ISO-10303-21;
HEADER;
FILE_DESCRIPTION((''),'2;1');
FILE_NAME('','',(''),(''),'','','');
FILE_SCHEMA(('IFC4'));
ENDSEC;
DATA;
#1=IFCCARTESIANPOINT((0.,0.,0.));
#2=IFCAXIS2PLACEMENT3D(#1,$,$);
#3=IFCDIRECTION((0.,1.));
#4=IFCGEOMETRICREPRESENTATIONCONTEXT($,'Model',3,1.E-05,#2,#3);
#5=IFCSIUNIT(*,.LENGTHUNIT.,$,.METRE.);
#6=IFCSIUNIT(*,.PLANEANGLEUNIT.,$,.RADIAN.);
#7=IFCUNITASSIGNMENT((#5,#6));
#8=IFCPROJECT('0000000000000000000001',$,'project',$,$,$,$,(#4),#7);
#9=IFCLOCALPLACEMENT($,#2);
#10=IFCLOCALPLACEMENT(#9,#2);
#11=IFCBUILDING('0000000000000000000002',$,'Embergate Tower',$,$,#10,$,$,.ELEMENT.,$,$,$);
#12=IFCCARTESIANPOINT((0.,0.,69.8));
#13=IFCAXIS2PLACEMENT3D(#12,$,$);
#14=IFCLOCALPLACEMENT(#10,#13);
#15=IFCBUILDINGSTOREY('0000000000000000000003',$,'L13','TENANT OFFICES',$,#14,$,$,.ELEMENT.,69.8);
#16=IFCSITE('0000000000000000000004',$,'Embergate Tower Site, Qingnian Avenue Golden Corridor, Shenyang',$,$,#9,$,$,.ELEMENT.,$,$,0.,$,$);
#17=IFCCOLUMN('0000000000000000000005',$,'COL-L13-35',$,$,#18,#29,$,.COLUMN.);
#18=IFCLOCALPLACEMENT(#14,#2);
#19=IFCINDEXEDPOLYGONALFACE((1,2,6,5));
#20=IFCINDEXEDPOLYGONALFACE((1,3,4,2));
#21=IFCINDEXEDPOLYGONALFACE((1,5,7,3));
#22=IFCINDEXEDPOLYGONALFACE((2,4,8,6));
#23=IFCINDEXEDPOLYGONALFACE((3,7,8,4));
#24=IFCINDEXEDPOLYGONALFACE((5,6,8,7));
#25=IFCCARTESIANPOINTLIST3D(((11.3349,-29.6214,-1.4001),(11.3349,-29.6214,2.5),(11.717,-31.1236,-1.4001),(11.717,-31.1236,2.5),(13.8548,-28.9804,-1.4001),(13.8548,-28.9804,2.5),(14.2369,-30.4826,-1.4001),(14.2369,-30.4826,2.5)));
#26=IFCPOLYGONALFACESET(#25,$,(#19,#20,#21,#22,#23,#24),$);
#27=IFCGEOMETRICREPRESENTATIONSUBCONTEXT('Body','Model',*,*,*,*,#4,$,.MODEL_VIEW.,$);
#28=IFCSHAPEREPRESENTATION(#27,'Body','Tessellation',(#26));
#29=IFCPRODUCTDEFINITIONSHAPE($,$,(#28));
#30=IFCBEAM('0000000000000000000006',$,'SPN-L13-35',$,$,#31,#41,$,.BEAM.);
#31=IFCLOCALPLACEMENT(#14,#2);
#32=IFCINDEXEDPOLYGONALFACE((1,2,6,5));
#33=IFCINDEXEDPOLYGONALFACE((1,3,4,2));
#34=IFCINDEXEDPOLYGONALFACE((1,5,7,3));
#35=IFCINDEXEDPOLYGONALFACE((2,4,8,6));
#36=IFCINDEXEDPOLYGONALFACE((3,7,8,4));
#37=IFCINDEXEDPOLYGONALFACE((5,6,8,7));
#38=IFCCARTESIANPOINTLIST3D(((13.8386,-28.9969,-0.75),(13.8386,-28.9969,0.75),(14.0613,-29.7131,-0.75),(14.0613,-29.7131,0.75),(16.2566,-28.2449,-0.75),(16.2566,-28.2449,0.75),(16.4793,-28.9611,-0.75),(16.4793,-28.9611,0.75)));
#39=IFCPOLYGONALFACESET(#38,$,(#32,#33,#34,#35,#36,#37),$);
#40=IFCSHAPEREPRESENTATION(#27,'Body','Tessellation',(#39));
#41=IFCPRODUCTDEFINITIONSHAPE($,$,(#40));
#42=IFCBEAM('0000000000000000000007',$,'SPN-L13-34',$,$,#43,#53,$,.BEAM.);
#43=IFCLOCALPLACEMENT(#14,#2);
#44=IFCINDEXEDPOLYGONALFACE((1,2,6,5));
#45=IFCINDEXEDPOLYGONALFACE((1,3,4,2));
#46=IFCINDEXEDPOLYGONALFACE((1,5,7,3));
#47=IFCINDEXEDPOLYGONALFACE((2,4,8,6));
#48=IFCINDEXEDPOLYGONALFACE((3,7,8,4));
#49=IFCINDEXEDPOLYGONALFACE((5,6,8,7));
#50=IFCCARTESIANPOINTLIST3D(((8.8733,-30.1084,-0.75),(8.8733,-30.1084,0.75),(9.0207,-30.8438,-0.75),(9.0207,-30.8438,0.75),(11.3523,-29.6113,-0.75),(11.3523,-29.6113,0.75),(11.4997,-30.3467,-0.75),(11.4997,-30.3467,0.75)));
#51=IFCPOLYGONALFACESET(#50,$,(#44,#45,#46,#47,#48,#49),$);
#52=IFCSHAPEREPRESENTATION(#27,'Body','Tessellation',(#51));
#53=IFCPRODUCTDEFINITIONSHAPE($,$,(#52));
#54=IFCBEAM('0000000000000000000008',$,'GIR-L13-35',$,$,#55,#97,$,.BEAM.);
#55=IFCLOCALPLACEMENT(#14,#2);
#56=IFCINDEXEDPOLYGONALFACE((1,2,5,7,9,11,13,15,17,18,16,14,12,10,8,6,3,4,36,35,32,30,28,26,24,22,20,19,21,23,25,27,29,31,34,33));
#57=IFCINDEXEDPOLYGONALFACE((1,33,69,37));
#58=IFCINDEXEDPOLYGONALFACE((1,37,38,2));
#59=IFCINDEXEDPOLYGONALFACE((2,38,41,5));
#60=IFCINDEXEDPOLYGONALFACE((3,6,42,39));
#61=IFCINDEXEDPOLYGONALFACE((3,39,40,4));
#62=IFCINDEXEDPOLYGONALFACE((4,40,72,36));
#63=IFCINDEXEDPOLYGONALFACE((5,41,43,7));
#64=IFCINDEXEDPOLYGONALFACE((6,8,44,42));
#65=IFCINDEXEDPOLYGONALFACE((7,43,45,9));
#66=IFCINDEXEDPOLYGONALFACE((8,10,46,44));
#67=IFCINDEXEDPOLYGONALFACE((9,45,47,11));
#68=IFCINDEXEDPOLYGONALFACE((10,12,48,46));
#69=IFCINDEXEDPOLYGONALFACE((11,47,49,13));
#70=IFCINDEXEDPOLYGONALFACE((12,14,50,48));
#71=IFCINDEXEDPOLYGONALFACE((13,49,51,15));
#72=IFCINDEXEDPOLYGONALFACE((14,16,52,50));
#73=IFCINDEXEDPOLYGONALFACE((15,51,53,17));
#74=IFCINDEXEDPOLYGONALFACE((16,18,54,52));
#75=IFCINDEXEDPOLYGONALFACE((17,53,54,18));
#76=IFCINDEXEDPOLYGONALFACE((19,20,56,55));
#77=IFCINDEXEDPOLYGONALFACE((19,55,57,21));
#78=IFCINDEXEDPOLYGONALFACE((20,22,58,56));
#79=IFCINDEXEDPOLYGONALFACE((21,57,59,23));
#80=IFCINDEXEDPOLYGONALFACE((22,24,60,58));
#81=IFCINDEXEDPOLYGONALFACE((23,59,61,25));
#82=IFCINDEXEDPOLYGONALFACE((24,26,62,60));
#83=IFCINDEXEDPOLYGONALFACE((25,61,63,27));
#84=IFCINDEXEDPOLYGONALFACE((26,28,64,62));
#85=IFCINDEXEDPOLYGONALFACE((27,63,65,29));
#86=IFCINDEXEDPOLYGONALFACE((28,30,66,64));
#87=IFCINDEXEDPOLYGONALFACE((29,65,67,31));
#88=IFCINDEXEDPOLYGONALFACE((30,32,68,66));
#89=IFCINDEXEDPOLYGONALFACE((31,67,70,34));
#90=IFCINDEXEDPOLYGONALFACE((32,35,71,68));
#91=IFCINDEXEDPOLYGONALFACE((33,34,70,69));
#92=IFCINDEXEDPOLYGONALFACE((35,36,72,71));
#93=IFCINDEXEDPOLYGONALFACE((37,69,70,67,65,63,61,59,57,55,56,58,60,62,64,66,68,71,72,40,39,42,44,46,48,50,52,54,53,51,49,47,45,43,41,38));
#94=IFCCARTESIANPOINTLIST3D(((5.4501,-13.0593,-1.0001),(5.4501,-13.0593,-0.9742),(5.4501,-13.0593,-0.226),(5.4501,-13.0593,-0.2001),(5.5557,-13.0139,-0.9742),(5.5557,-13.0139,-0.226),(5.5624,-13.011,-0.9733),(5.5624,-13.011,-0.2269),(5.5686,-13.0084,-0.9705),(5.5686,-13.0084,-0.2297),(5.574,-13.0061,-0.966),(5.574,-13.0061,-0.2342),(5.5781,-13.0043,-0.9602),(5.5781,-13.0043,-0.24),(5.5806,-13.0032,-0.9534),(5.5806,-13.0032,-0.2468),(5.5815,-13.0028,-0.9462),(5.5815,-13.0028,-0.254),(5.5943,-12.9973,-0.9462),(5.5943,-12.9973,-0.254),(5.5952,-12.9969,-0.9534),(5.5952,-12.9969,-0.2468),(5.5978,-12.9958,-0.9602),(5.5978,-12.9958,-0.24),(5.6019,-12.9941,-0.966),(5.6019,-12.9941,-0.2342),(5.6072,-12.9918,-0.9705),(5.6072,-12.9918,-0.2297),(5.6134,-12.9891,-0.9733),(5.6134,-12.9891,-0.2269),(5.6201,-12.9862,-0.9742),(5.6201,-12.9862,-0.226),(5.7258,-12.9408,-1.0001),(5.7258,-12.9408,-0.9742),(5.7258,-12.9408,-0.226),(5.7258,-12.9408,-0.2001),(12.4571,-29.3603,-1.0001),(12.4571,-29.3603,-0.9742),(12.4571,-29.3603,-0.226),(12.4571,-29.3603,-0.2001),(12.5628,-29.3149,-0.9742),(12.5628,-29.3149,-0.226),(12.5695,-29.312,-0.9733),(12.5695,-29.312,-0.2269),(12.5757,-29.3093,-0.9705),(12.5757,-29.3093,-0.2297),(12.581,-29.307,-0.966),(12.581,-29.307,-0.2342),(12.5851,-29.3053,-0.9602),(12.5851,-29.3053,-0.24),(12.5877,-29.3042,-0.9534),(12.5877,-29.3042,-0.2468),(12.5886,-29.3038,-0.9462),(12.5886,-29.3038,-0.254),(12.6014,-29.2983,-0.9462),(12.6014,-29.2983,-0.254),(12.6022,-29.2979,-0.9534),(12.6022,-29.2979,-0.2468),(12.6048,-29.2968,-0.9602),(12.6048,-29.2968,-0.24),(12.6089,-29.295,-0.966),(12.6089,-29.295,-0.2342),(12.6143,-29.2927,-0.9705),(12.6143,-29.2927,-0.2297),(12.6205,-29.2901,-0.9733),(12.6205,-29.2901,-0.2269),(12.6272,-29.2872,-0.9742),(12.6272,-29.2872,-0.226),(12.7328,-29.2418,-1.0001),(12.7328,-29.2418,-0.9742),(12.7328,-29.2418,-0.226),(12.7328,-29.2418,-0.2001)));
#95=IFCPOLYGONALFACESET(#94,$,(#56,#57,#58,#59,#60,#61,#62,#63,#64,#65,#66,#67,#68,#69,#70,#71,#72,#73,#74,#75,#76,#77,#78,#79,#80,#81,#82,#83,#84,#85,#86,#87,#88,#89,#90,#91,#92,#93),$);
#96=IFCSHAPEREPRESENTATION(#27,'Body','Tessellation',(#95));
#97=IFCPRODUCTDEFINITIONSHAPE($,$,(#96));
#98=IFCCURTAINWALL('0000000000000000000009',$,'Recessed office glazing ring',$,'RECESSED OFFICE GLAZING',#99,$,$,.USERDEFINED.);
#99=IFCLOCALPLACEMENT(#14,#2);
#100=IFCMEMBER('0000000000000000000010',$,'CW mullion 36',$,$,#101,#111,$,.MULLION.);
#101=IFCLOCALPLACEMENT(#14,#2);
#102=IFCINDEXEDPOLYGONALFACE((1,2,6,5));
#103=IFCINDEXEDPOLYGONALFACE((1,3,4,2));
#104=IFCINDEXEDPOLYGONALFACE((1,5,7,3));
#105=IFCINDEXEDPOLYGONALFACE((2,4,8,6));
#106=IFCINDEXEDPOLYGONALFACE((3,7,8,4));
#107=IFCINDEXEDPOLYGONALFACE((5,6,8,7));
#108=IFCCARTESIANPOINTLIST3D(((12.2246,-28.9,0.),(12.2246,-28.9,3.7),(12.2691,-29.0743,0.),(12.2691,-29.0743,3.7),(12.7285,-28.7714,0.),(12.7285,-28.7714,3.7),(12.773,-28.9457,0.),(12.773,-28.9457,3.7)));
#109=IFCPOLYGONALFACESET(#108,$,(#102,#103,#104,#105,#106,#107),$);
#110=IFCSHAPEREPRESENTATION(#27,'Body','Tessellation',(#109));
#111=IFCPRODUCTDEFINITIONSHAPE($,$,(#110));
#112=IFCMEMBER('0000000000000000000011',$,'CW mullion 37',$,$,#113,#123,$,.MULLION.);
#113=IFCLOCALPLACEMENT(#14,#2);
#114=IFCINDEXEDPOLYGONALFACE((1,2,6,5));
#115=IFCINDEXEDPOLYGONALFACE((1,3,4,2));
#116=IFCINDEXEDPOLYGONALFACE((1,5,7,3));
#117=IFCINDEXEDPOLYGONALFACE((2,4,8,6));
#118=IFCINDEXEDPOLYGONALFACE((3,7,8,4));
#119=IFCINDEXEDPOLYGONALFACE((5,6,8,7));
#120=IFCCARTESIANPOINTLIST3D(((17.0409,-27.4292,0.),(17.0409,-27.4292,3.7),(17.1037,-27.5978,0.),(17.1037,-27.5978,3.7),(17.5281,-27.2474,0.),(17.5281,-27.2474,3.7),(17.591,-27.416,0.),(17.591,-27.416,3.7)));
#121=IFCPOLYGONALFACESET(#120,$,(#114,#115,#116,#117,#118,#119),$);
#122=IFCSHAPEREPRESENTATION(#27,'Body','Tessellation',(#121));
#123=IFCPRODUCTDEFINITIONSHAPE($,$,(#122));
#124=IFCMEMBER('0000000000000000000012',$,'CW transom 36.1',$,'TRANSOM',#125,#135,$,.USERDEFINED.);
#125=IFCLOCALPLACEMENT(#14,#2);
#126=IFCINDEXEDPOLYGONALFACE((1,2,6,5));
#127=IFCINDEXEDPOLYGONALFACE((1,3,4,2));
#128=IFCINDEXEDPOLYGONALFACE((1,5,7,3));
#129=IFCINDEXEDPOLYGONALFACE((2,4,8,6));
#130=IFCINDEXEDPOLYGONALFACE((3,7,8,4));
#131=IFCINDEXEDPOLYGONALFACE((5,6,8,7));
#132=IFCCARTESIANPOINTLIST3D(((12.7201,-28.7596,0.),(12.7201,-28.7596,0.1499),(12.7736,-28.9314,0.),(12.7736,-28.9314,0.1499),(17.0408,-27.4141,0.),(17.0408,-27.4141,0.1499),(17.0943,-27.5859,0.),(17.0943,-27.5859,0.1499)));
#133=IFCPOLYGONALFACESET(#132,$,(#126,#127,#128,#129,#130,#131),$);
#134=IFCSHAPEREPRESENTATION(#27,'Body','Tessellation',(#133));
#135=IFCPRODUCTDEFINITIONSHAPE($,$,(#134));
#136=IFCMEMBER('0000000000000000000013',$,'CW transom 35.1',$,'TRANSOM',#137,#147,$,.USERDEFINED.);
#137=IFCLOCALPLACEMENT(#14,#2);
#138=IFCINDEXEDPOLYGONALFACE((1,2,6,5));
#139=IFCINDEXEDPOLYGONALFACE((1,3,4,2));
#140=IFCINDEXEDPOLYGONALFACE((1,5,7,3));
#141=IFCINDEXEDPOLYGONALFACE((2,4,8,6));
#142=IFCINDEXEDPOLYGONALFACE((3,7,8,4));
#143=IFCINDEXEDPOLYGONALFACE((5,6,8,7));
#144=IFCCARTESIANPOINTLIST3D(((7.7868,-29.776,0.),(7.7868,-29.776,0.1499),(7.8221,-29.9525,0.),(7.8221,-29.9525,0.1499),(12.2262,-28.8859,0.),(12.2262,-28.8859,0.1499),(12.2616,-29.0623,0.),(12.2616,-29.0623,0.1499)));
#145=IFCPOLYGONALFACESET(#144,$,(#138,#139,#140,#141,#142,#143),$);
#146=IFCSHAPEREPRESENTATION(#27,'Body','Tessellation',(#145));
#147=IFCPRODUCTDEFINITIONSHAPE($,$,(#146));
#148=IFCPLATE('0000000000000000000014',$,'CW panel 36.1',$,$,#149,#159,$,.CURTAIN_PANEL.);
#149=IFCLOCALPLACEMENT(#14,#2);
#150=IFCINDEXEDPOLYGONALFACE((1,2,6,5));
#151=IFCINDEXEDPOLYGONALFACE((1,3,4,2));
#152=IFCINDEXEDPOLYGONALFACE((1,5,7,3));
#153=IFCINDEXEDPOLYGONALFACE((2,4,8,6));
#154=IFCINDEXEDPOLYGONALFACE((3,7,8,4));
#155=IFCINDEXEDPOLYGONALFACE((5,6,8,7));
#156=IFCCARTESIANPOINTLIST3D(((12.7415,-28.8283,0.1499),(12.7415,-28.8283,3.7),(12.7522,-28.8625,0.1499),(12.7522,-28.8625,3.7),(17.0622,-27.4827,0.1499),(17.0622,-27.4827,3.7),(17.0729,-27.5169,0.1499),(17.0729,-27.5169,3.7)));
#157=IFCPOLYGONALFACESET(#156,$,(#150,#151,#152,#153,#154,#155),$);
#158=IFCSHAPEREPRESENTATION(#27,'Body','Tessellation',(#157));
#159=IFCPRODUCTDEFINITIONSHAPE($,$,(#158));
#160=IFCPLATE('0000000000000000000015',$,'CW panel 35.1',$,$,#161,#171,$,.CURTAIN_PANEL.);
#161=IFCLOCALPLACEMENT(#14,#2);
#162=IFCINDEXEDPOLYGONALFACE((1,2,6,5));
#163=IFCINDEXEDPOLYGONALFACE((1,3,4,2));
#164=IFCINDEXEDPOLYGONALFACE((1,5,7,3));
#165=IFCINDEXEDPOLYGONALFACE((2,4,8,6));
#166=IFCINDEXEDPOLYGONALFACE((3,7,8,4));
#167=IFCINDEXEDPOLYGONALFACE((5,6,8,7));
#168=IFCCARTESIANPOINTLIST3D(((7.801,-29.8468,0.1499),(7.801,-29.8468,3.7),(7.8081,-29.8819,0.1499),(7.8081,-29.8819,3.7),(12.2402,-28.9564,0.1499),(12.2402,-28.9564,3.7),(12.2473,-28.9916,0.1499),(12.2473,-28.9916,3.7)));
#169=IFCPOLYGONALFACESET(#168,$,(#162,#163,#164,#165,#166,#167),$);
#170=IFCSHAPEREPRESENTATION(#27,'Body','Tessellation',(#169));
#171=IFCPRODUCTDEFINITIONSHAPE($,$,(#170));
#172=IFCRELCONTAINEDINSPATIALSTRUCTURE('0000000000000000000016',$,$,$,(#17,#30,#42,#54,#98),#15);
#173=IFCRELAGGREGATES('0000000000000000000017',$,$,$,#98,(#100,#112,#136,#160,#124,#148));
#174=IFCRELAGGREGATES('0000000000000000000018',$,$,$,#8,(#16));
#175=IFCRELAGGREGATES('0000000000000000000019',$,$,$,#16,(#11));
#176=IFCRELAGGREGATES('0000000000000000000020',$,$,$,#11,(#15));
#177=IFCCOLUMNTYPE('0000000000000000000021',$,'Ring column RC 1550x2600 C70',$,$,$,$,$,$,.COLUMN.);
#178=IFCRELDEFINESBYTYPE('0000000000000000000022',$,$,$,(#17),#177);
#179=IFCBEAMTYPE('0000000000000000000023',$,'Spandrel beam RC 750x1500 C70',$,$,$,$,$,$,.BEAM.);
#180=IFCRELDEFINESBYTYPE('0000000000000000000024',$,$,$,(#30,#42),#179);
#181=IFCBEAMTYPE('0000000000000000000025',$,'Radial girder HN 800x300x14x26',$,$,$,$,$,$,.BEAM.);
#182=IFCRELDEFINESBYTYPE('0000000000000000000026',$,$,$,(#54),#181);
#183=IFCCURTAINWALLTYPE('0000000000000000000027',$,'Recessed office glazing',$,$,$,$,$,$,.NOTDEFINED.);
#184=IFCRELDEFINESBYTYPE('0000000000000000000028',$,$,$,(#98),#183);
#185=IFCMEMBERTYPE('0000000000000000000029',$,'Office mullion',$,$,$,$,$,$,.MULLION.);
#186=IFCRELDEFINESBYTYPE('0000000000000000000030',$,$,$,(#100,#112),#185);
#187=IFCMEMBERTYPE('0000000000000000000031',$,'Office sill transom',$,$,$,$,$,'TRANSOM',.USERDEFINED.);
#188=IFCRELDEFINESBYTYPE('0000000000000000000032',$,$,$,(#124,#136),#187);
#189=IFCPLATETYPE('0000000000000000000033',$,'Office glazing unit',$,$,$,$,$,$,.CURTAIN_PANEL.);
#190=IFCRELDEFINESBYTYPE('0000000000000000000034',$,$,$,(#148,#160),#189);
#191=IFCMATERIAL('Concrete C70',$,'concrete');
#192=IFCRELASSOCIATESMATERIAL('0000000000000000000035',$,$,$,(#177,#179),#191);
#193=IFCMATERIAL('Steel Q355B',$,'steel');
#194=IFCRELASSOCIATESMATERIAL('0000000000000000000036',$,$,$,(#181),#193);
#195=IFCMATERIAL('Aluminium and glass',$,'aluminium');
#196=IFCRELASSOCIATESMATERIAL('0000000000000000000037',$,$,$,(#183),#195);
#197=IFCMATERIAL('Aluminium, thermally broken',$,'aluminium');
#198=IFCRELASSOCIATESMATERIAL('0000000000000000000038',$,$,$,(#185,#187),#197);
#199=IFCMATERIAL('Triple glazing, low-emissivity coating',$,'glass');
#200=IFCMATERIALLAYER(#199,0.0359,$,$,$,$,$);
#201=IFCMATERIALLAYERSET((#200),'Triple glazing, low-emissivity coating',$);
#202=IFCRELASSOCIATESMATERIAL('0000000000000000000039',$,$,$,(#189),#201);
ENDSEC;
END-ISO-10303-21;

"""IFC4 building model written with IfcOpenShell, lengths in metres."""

from ifc_helpers import new_model, si_unit, direction, frame, origin, origin_2d, place, context, subcontext, project, spatial, rectangle, i_section, extrude, source, transform, mapped, material, layer, layer_set, material_profile, profile_set, type_object, element, aggregate, save


model = new_model("IFC4")

# Units and contexts
model_context = context("Model", 3, precision=1e-05, world=origin(), true_north=direction((0.0, 1.0)))
body_context = subcontext(model_context, "Body", "Model", "MODEL_VIEW")
ifc_project = project(units=[si_unit("LENGTHUNIT", "METRE"), si_unit("PLANEANGLEUNIT", "RADIAN")], contexts=[model_context])

# Site, building, storey
site_placement = place(None, origin())
site = spatial("IfcSite", under=ifc_project, at=site_placement, Name="Embergate Tower Site, Qingnian Avenue Golden Corridor, Shenyang", CompositionType="ELEMENT", RefElevation=0.0)
building_placement = place(site_placement, origin())
building = spatial("IfcBuilding", under=site, at=building_placement, Name="Embergate Tower", CompositionType="ELEMENT")
storey_placement = place(building_placement, frame((0.0, 0.0, 69.8)))
storey = spatial("IfcBuildingStorey", under=building, at=storey_placement, Name="L13", Description="TENANT OFFICES", CompositionType="ELEMENT", Elevation=69.8)

# Column
ifc_material_1 = material(Name="Concrete C70", Category="concrete")
ifc_material_profile_1 = material_profile(ifc_material_1, rectangle(XDim=1.55, YDim=2.6001, at=origin_2d()), Name="RC 1550x2600")
ifc_profile_set_1 = profile_set([ifc_material_profile_1], Name="Concrete C70")
column_type = type_object("IfcColumnType", Name="Ring column RC 1550x2600 C70", PredefinedType="COLUMN", material=ifc_profile_set_1)
shared_shape_1 = source(origin(), body_context, "Body", "SweptSolid", [
    extrude(rectangle(XDim=1.55, YDim=2.6001, at=origin_2d()), origin(), (0.0, 0.0, 1.0), 3.9001),
])
column_placement = place(storey_placement, frame((12.7859, -30.052, -1.4001), z_axis=(0.0, 0.0, 1.0), x_axis=(0.246509, -0.969141, 0.0)))
element("IfcColumn", 1, at=column_placement, inside=storey, type_object=column_type, Name="COL-L13-35", PredefinedType="COLUMN", context=body_context, shape_type="MappedRepresentation", body=[
    mapped(shared_shape_1, transform((0.0, 0.0, 0.0))),
])

# Beams
ifc_material_profile_2 = material_profile(ifc_material_1, rectangle(XDim=0.75, YDim=1.5, at=origin_2d()), Name="RC 750x1500")
ifc_profile_set_2 = profile_set([ifc_material_profile_2], Name="Concrete C70")
beam_type_1 = type_object("IfcBeamType", Name="Spandrel beam RC 750x1500 C70", PredefinedType="BEAM", material=ifc_profile_set_2)
shared_shape_2 = source(origin(), body_context, "Body", "SweptSolid", [
    extrude(rectangle(XDim=0.75, YDim=1.5, at=origin_2d()), origin(), (0.0, 0.0, 1.0), 2.5322),
])
beam_1_placement = place(storey_placement, frame((13.95, -29.355, 0.0), z_axis=(0.954891, 0.296957, 0.0), x_axis=(-0.296957, 0.954891, 0.0)))
element("IfcBeam", 2, at=beam_1_placement, inside=storey, type_object=beam_type_1, Name="SPN-L13-35", PredefinedType="BEAM", context=body_context, shape_type="MappedRepresentation", body=[
    mapped(shared_shape_2, transform((0.0, 0.0, 0.0))),
])
shared_shape_3 = source(origin(), body_context, "Body", "SweptSolid", [
    extrude(rectangle(XDim=0.75, YDim=1.5, at=origin_2d()), origin(), (0.0, 0.0, 1.0), 2.5283),
])
beam_2_placement = place(storey_placement, frame((8.947, -30.4761, 0.0), z_axis=(0.980484, 0.196599, 0.0), x_axis=(-0.196599, 0.980484, 0.0)))
element("IfcBeam", 3, at=beam_2_placement, inside=storey, type_object=beam_type_1, Name="SPN-L13-34", PredefinedType="BEAM", context=body_context, shape_type="MappedRepresentation", body=[
    mapped(shared_shape_3, transform((0.0, 0.0, 0.0))),
])
ifc_material_2 = material(Name="Steel Q355B", Category="steel")
ifc_material_profile_3 = material_profile(ifc_material_2, i_section(OverallWidth=0.3, OverallDepth=0.8, WebThickness=0.0139, FlangeThickness=0.0259, FilletRadius=0.0281, at=origin_2d()), Name="HN 800x300x14x26")
ifc_profile_set_3 = profile_set([ifc_material_profile_3], Name="Steel Q355 grade B")
beam_type_2 = type_object("IfcBeamType", Name="Radial girder HN 800x300x14x26", PredefinedType="BEAM", material=ifc_profile_set_3)
shared_shape_4 = source(origin(), body_context, "Body", "SweptSolid", [
    extrude(i_section(OverallWidth=0.3, OverallDepth=0.8, WebThickness=0.0139, FlangeThickness=0.0259, FilletRadius=0.0281, at=origin_2d()), origin(), (0.0, 0.0, 1.0), 17.7432),
])
beam_3_placement = place(storey_placement, frame((12.595, -29.301, -0.6001), z_axis=(-0.394915, 0.918717, 0.0), x_axis=(-0.918717, -0.394915, 0.0)))
element("IfcBeam", 4, at=beam_3_placement, inside=storey, type_object=beam_type_2, Name="GIR-L13-35", PredefinedType="BEAM", context=body_context, shape_type="MappedRepresentation", body=[
    mapped(shared_shape_4, transform((0.0, 0.0, 0.0))),
])

# Curtain wall, members, plates
ifc_material_3 = material(Name="Aluminium and glass", Category="aluminium")
curtain_wall_type = type_object("IfcCurtainWallType", Name="Recessed office glazing", PredefinedType="NOTDEFINED", material=ifc_material_3)
curtain_wall_placement = place(storey_placement, origin())
curtain_wall = element("IfcCurtainWall", 5, at=curtain_wall_placement, inside=storey, type_object=curtain_wall_type, Name="Recessed office glazing ring", ObjectType="RECESSED OFFICE GLAZING", PredefinedType="USERDEFINED")
ifc_material_4 = material(Name="Aluminium, thermally broken", Category="aluminium")
ifc_material_profile_4 = material_profile(ifc_material_4, rectangle(XDim=0.1799, YDim=0.52, at=origin_2d()), Name="AL 520x180")
ifc_profile_set_4 = profile_set([ifc_material_profile_4], Name="Aluminium, thermally broken")
member_type_1 = type_object("IfcMemberType", Name="Office mullion", PredefinedType="MULLION", material=ifc_profile_set_4)
shared_shape_5 = source(origin(), body_context, "Body", "SweptSolid", [
    extrude(rectangle(XDim=0.1799, YDim=0.52, at=origin_2d()), origin(), (0.0, 0.0, 1.0), 3.7),
])
member_1_placement = place(storey_placement, frame((12.4988, -28.9229, 0.0), z_axis=(0.0, 0.0, 1.0), x_axis=(-0.247315, 0.968935, 0.0)))
member_1 = element("IfcMember", 6, at=member_1_placement, type_object=member_type_1, Name="CW mullion 36", PredefinedType="MULLION", context=body_context, shape_type="MappedRepresentation", body=[
    mapped(shared_shape_5, transform((0.0, 0.0, 0.0))),
])
member_2_placement = place(storey_placement, frame((17.3159, -27.4226, 0.0), z_axis=(0.0, 0.0, 1.0), x_axis=(-0.349508, 0.936934, 0.0)))
member_2 = element("IfcMember", 7, at=member_2_placement, type_object=member_type_1, Name="CW mullion 37", PredefinedType="MULLION", context=body_context, shape_type="MappedRepresentation", body=[
    mapped(shared_shape_5, transform((0.0, 0.0, 0.0))),
])
ifc_material_profile_5 = material_profile(ifc_material_4, rectangle(XDim=0.1799, YDim=0.1499, at=origin_2d()), Name="AL 150x180")
ifc_profile_set_5 = profile_set([ifc_material_profile_5], Name="Aluminium, thermally broken")
member_type_2 = type_object("IfcMemberType", Name="Office sill transom", ElementType="TRANSOM", PredefinedType="USERDEFINED", material=ifc_profile_set_5)
shared_shape_6 = source(origin(), body_context, "Body", "SweptSolid", [
    extrude(rectangle(XDim=0.1799, YDim=0.1499, at=origin_2d()), origin(), (0.0, 0.0, 1.0), 4.5254),
])
member_3_placement = place(storey_placement, frame((12.7468, -28.8455, 0.075), z_axis=(0.954781, 0.29731, 0.0), x_axis=(-0.29731, 0.954781, 0.0)))
member_3 = element("IfcMember", 8, at=member_3_placement, type_object=member_type_2, Name="CW transom 36.1", ObjectType="TRANSOM", PredefinedType="USERDEFINED", context=body_context, shape_type="MappedRepresentation", body=[
    mapped(shared_shape_6, transform((0.0, 0.0, 0.0))),
])
shared_shape_7 = source(origin(), body_context, "Body", "SweptSolid", [
    extrude(rectangle(XDim=0.1799, YDim=0.1499, at=origin_2d()), origin(), (0.0, 0.0, 1.0), 4.5278),
])
member_4_placement = place(storey_placement, frame((7.8044, -29.8643, 0.075), z_axis=(0.980485, 0.196593, 0.0), x_axis=(-0.196593, 0.980485, 0.0)))
member_4 = element("IfcMember", 9, at=member_4_placement, type_object=member_type_2, Name="CW transom 35.1", ObjectType="TRANSOM", PredefinedType="USERDEFINED", context=body_context, shape_type="MappedRepresentation", body=[
    mapped(shared_shape_7, transform((0.0, 0.0, 0.0))),
])
ifc_material_5 = material(Name="Triple glazing, low-emissivity coating", Category="glass")
ifc_layer_1 = layer(ifc_material_5, 0.0359)
ifc_layer_set_1 = layer_set([ifc_layer_1], Name="Triple glazing, low-emissivity coating")
plate_type = type_object("IfcPlateType", Name="Office glazing unit", PredefinedType="CURTAIN_PANEL", material=ifc_layer_set_1)
shared_shape_8 = source(origin(), body_context, "Body", "SweptSolid", [
    extrude(rectangle(XDim=4.5254, YDim=0.0359, at=origin_2d()), origin(), (0.0, 0.0, 1.0), 3.55),
])
plate_1_placement = place(storey_placement, frame((14.9072, -28.1726, 0.1499), z_axis=(0.0, 0.0, 1.0), x_axis=(0.954771, 0.297342, 0.0)))
plate_1 = element("IfcPlate", 10, at=plate_1_placement, type_object=plate_type, Name="CW panel 36.1", PredefinedType="CURTAIN_PANEL", context=body_context, shape_type="MappedRepresentation", body=[
    mapped(shared_shape_8, transform((0.0, 0.0, 0.0))),
])
shared_shape_9 = source(origin(), body_context, "Body", "SweptSolid", [
    extrude(rectangle(XDim=4.5276, YDim=0.0359, at=origin_2d()), origin(), (0.0, 0.0, 1.0), 3.55),
])
plate_2_placement = place(storey_placement, frame((10.0242, -29.4192, 0.1499), z_axis=(0.0, 0.0, 1.0), x_axis=(0.980475, 0.196643, 0.0)))
plate_2 = element("IfcPlate", 11, at=plate_2_placement, type_object=plate_type, Name="CW panel 35.1", PredefinedType="CURTAIN_PANEL", context=body_context, shape_type="MappedRepresentation", body=[
    mapped(shared_shape_9, transform((0.0, 0.0, 0.0))),
])
aggregate(curtain_wall, [member_1, member_2, member_4, plate_2, member_3, plate_1])

save(model, "model.ifc")
